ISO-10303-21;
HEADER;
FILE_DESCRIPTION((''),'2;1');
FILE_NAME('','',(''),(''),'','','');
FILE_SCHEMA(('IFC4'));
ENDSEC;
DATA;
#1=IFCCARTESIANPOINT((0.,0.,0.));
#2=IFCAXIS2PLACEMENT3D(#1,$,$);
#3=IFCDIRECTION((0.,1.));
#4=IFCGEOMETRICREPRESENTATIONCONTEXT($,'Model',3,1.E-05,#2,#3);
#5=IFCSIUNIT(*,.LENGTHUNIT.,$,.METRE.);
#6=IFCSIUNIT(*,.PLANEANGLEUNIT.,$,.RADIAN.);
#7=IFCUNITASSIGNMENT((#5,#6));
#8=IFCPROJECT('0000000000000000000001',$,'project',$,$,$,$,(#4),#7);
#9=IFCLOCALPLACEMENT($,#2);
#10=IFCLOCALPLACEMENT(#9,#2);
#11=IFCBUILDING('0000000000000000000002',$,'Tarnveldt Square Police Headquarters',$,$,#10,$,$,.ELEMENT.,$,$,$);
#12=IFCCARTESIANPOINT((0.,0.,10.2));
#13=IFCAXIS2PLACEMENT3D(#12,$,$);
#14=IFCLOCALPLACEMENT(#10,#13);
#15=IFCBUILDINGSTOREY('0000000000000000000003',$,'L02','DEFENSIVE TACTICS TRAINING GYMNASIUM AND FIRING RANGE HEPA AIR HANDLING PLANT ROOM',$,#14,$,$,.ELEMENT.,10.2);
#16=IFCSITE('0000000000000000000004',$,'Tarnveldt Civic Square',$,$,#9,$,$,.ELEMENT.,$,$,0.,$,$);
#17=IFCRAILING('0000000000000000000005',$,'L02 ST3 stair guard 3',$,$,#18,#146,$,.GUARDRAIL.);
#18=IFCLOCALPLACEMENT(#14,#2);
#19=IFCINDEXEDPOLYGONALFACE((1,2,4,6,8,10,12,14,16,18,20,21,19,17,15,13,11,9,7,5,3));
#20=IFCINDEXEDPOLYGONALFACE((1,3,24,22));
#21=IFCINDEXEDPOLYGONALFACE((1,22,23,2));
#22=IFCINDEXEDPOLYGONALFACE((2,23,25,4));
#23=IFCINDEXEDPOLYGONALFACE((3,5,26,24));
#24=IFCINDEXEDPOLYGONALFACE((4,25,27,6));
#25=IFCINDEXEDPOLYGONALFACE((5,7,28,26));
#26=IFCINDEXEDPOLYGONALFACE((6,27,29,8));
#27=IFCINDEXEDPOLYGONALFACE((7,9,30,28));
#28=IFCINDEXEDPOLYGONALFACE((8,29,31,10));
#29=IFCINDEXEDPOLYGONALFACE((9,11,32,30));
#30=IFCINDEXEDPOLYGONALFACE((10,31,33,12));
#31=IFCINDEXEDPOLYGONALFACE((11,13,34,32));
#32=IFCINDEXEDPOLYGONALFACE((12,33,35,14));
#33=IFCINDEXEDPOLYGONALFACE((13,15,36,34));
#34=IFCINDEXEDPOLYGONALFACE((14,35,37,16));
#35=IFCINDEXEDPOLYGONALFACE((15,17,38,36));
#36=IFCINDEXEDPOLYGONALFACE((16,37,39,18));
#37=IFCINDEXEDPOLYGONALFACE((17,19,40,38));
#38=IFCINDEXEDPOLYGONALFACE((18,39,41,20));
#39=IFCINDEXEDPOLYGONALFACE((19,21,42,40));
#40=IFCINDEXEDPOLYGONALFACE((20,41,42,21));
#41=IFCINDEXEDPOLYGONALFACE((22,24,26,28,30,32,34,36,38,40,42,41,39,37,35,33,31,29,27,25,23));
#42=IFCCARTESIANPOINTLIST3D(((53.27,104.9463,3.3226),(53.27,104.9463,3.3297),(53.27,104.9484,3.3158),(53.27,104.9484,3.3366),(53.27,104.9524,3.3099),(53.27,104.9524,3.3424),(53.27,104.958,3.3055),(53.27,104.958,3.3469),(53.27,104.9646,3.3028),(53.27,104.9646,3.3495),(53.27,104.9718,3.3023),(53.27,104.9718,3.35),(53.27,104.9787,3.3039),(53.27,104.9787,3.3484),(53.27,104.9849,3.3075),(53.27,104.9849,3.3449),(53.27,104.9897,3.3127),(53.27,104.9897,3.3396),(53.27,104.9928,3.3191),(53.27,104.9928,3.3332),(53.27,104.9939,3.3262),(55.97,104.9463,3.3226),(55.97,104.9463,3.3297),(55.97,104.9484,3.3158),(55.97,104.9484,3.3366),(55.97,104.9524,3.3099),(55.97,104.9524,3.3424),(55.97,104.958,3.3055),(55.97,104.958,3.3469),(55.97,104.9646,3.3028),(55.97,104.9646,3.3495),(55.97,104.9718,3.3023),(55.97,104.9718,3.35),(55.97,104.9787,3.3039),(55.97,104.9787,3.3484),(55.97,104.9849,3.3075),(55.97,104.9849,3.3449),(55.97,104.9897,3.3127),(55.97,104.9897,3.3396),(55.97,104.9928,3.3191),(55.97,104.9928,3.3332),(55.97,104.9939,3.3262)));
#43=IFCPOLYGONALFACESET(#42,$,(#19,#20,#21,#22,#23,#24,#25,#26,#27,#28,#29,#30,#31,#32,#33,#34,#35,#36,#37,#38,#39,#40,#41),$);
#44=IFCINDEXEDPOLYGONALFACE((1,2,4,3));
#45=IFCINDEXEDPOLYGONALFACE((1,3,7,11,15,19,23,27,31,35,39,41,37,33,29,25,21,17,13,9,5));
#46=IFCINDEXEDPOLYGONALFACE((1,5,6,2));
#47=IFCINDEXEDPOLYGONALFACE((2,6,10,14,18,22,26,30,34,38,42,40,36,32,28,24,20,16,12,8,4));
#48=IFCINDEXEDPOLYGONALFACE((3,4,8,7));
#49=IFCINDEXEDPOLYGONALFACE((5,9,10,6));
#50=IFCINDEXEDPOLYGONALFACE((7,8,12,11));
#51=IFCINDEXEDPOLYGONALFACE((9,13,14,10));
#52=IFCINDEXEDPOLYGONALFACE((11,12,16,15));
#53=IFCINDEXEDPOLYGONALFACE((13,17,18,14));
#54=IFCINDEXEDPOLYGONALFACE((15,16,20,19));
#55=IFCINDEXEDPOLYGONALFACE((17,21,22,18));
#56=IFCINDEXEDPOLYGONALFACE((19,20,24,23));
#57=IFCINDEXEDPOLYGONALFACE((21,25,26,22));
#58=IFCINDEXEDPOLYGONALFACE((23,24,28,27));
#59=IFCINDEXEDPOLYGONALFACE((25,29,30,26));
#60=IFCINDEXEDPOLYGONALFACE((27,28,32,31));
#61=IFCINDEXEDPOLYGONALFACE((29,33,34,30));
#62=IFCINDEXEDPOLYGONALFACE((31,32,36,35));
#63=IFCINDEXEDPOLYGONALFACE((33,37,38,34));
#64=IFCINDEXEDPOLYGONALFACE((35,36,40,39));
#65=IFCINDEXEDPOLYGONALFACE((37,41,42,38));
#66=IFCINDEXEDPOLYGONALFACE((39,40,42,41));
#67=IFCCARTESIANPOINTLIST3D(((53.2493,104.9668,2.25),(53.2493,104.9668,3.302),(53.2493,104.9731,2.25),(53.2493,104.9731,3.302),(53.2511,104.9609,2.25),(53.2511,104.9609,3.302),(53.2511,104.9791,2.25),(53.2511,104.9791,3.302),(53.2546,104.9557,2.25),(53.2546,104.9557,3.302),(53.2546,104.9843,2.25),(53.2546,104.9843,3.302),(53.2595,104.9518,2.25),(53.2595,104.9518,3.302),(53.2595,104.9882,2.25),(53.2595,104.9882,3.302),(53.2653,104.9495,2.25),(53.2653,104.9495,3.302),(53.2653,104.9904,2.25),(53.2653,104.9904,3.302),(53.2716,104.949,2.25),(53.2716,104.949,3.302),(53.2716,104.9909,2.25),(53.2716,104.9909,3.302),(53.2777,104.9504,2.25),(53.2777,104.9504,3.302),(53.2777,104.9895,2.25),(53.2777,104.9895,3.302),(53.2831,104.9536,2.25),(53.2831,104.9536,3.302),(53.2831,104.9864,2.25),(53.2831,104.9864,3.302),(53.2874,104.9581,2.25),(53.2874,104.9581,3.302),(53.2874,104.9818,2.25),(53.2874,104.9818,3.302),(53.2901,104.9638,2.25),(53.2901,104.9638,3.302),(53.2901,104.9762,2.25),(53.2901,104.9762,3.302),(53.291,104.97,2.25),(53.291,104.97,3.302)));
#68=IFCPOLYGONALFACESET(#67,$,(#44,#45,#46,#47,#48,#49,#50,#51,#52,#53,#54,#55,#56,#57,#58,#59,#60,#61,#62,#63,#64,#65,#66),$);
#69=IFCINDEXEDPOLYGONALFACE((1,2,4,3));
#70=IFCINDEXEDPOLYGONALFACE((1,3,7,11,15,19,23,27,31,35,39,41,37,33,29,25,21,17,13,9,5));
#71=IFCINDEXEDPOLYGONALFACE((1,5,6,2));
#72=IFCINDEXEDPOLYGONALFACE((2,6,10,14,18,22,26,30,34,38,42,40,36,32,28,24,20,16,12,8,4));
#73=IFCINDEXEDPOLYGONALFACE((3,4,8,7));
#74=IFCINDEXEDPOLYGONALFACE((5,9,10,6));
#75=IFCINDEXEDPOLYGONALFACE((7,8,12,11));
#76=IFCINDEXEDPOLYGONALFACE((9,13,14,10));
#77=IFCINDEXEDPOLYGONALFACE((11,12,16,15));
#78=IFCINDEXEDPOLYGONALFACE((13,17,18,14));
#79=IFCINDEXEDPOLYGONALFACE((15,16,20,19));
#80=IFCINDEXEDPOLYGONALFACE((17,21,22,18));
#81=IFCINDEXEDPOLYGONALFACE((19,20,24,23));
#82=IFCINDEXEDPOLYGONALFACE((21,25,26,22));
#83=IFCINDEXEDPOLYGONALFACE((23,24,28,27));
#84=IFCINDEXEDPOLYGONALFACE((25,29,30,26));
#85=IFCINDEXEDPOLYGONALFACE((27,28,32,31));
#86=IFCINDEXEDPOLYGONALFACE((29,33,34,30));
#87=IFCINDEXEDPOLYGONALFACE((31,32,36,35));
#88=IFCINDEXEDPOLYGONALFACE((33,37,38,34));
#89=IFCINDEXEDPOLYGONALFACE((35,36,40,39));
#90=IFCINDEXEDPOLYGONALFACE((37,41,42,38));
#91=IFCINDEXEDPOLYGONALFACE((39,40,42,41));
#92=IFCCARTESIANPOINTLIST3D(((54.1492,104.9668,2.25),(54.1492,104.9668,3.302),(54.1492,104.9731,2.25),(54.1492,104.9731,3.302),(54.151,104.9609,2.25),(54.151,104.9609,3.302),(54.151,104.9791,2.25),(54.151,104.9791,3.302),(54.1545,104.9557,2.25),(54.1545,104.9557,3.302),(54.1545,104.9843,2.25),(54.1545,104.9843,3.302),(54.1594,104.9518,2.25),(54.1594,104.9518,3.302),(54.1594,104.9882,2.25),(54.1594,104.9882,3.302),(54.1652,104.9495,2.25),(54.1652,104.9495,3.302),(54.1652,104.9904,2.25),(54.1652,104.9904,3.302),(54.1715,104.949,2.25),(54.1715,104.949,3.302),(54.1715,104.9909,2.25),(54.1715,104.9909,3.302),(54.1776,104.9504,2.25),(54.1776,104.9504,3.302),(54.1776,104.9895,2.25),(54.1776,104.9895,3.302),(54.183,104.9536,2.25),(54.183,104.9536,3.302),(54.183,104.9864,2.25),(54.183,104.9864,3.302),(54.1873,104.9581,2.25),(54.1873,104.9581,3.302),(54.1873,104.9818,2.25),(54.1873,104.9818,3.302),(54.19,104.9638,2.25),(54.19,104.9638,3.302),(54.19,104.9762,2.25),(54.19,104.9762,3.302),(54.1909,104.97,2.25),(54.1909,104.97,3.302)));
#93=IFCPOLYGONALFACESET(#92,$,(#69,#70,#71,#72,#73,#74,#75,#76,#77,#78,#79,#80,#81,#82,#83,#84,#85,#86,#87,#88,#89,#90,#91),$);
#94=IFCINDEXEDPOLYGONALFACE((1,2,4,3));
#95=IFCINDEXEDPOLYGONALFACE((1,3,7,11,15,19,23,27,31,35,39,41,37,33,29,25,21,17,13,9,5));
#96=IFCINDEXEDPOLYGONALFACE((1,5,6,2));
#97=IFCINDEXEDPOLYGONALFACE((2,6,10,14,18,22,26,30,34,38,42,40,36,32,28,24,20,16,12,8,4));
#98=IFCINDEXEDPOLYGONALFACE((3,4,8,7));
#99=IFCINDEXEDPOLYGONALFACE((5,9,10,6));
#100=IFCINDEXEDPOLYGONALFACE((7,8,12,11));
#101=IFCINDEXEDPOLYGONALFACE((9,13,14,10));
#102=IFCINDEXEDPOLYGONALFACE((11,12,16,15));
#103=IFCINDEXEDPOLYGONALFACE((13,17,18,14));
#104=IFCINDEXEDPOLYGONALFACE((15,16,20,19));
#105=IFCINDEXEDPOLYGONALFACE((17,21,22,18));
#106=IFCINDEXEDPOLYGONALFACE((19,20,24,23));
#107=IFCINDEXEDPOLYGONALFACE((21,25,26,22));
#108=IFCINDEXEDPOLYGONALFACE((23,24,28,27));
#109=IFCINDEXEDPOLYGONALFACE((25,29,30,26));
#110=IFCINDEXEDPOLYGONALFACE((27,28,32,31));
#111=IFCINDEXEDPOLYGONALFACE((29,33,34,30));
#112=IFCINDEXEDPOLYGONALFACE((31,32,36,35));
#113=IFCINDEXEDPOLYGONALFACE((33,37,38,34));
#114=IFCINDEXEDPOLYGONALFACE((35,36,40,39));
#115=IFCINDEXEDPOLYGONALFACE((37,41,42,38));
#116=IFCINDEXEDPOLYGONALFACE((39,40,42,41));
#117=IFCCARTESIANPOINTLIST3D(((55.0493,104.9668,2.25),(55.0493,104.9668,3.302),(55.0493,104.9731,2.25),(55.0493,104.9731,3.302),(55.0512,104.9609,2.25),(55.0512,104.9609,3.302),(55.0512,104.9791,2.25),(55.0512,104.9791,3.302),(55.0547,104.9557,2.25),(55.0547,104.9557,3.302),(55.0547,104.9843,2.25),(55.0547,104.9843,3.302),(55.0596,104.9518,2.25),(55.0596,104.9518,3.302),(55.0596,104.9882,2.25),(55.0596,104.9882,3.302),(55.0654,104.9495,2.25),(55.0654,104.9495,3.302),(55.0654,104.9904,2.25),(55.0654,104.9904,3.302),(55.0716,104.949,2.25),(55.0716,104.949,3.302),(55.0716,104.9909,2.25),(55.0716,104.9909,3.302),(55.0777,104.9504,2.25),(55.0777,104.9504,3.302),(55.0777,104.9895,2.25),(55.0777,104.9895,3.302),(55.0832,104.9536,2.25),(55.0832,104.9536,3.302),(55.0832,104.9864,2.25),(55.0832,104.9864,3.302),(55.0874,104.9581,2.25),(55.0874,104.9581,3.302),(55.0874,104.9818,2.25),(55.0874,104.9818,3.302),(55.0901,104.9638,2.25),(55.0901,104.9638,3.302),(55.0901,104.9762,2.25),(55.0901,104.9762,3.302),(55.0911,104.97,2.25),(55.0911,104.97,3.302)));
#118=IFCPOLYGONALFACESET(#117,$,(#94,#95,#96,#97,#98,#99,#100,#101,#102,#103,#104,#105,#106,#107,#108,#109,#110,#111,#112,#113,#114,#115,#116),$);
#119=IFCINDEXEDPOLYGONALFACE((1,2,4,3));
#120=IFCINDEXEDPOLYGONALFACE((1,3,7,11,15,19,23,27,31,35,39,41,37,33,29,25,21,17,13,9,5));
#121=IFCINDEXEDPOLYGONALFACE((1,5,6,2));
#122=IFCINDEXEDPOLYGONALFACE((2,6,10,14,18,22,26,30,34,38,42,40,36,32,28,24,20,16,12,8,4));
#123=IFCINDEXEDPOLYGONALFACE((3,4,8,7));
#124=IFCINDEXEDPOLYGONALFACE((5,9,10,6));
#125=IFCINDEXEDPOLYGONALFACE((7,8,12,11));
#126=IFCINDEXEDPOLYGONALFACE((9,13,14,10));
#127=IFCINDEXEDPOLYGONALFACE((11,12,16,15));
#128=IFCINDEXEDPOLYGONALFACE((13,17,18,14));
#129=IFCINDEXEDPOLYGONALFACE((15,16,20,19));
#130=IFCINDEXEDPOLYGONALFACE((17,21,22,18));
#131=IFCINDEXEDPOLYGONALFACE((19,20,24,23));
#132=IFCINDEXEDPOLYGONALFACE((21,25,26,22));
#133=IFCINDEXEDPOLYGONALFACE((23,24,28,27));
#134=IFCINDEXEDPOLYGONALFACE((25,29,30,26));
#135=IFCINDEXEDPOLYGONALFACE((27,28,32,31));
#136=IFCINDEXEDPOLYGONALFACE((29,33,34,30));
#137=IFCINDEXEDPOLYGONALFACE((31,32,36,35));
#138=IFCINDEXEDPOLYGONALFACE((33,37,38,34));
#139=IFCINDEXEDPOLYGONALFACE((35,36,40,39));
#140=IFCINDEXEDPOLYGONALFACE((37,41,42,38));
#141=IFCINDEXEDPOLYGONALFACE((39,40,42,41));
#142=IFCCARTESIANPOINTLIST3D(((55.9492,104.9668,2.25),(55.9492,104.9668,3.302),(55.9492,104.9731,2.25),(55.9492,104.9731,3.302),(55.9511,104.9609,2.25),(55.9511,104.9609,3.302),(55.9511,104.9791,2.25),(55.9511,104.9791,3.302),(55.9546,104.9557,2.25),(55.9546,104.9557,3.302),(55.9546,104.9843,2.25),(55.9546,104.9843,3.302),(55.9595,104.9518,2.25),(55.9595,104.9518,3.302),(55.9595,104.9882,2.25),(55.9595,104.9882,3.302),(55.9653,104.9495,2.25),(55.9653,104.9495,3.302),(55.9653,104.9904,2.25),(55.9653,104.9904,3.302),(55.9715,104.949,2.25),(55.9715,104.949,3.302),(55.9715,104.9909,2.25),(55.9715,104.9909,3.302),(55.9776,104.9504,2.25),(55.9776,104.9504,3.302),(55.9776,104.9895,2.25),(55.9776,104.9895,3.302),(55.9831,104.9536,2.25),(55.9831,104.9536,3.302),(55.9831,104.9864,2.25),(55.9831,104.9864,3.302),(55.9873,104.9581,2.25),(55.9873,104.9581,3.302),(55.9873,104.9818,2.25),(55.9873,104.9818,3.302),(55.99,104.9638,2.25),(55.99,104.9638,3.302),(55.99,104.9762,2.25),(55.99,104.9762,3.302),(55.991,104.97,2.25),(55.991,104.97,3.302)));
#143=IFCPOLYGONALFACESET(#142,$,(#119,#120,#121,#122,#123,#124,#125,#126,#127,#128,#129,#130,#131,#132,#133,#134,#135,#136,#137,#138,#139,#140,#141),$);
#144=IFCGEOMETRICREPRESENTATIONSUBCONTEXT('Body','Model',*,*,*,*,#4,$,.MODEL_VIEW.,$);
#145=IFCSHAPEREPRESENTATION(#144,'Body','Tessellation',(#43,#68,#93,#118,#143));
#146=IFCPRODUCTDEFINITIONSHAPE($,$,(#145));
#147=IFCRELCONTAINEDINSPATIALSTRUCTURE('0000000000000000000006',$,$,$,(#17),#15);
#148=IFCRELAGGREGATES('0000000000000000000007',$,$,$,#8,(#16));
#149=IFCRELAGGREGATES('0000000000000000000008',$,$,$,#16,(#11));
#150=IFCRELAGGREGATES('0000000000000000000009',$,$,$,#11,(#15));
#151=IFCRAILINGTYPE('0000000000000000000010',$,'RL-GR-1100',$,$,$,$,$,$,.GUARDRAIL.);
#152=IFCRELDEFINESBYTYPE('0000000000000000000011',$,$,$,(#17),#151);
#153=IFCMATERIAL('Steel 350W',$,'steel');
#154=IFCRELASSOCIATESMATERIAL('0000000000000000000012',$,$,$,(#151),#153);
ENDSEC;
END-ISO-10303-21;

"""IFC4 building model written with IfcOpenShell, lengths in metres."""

from ifc_helpers import new_model, si_unit, direction, frame, origin, origin_2d, place, context, subcontext, project, spatial, circle, extrude, material, type_object, element, save


model = new_model("IFC4")

# Units and contexts
model_context = context("Model", 3, precision=1e-05, world=origin(), true_north=direction((0.0, 1.0)))
body_context = subcontext(model_context, "Body", "Model", "MODEL_VIEW")
ifc_project = project(units=[si_unit("LENGTHUNIT", "METRE"), si_unit("PLANEANGLEUNIT", "RADIAN")], contexts=[model_context])

# Site, building, storey
site_placement = place(None, origin())
site = spatial("IfcSite", under=ifc_project, at=site_placement, Name="Tarnveldt Civic Square", CompositionType="ELEMENT", RefElevation=0.0)
building_placement = place(site_placement, origin())
building = spatial("IfcBuilding", under=site, at=building_placement, Name="Tarnveldt Square Police Headquarters", CompositionType="ELEMENT")
storey_placement = place(building_placement, frame((0.0, 0.0, 10.2)))
storey = spatial("IfcBuildingStorey", under=building, at=storey_placement, Name="L02", Description="DEFENSIVE TACTICS TRAINING GYMNASIUM AND FIRING RANGE HEPA AIR HANDLING PLANT ROOM", CompositionType="ELEMENT", Elevation=10.2)

# Shared definitions
ifc_material_1 = material(Name="Steel 350W", Category="steel")

# Railing
railing_type_1 = type_object("IfcRailingType", Name="RL-GR-1100", PredefinedType="GUARDRAIL", material=ifc_material_1)
railing_1_placement = place(storey_placement, frame((53.27, 104.97, 2.25)))
element("IfcRailing", 1, at=railing_1_placement, inside=storey, type_object=railing_type_1, Name="L02 ST3 stair guard 3", PredefinedType="GUARDRAIL", context=body_context, shape_type="SweptSolid", body=[
    extrude(circle(Radius=0.0239, at=origin_2d()), frame((0.0, 0.0, 1.0762), z_axis=(1.0, 0.0, 0.0), x_axis=(0.0, 1.0, 0.0)), (0.0, 0.0, 1.0), 2.7),
    extrude(circle(Radius=0.021, at=origin_2d()), origin(), (0.0, 0.0, 1.0), 1.052),
    extrude(circle(Radius=0.021, at=origin_2d()), frame((0.8999, 0.0, 0.0)), (0.0, 0.0, 1.0), 1.052),
    extrude(circle(Radius=0.021, at=origin_2d()), frame((1.8, 0.0, 0.0)), (0.0, 0.0, 1.0), 1.052),
    extrude(circle(Radius=0.021, at=origin_2d()), frame((2.7, 0.0, 0.0)), (0.0, 0.0, 1.0), 1.052),
])

save(model, "model.ifc")
